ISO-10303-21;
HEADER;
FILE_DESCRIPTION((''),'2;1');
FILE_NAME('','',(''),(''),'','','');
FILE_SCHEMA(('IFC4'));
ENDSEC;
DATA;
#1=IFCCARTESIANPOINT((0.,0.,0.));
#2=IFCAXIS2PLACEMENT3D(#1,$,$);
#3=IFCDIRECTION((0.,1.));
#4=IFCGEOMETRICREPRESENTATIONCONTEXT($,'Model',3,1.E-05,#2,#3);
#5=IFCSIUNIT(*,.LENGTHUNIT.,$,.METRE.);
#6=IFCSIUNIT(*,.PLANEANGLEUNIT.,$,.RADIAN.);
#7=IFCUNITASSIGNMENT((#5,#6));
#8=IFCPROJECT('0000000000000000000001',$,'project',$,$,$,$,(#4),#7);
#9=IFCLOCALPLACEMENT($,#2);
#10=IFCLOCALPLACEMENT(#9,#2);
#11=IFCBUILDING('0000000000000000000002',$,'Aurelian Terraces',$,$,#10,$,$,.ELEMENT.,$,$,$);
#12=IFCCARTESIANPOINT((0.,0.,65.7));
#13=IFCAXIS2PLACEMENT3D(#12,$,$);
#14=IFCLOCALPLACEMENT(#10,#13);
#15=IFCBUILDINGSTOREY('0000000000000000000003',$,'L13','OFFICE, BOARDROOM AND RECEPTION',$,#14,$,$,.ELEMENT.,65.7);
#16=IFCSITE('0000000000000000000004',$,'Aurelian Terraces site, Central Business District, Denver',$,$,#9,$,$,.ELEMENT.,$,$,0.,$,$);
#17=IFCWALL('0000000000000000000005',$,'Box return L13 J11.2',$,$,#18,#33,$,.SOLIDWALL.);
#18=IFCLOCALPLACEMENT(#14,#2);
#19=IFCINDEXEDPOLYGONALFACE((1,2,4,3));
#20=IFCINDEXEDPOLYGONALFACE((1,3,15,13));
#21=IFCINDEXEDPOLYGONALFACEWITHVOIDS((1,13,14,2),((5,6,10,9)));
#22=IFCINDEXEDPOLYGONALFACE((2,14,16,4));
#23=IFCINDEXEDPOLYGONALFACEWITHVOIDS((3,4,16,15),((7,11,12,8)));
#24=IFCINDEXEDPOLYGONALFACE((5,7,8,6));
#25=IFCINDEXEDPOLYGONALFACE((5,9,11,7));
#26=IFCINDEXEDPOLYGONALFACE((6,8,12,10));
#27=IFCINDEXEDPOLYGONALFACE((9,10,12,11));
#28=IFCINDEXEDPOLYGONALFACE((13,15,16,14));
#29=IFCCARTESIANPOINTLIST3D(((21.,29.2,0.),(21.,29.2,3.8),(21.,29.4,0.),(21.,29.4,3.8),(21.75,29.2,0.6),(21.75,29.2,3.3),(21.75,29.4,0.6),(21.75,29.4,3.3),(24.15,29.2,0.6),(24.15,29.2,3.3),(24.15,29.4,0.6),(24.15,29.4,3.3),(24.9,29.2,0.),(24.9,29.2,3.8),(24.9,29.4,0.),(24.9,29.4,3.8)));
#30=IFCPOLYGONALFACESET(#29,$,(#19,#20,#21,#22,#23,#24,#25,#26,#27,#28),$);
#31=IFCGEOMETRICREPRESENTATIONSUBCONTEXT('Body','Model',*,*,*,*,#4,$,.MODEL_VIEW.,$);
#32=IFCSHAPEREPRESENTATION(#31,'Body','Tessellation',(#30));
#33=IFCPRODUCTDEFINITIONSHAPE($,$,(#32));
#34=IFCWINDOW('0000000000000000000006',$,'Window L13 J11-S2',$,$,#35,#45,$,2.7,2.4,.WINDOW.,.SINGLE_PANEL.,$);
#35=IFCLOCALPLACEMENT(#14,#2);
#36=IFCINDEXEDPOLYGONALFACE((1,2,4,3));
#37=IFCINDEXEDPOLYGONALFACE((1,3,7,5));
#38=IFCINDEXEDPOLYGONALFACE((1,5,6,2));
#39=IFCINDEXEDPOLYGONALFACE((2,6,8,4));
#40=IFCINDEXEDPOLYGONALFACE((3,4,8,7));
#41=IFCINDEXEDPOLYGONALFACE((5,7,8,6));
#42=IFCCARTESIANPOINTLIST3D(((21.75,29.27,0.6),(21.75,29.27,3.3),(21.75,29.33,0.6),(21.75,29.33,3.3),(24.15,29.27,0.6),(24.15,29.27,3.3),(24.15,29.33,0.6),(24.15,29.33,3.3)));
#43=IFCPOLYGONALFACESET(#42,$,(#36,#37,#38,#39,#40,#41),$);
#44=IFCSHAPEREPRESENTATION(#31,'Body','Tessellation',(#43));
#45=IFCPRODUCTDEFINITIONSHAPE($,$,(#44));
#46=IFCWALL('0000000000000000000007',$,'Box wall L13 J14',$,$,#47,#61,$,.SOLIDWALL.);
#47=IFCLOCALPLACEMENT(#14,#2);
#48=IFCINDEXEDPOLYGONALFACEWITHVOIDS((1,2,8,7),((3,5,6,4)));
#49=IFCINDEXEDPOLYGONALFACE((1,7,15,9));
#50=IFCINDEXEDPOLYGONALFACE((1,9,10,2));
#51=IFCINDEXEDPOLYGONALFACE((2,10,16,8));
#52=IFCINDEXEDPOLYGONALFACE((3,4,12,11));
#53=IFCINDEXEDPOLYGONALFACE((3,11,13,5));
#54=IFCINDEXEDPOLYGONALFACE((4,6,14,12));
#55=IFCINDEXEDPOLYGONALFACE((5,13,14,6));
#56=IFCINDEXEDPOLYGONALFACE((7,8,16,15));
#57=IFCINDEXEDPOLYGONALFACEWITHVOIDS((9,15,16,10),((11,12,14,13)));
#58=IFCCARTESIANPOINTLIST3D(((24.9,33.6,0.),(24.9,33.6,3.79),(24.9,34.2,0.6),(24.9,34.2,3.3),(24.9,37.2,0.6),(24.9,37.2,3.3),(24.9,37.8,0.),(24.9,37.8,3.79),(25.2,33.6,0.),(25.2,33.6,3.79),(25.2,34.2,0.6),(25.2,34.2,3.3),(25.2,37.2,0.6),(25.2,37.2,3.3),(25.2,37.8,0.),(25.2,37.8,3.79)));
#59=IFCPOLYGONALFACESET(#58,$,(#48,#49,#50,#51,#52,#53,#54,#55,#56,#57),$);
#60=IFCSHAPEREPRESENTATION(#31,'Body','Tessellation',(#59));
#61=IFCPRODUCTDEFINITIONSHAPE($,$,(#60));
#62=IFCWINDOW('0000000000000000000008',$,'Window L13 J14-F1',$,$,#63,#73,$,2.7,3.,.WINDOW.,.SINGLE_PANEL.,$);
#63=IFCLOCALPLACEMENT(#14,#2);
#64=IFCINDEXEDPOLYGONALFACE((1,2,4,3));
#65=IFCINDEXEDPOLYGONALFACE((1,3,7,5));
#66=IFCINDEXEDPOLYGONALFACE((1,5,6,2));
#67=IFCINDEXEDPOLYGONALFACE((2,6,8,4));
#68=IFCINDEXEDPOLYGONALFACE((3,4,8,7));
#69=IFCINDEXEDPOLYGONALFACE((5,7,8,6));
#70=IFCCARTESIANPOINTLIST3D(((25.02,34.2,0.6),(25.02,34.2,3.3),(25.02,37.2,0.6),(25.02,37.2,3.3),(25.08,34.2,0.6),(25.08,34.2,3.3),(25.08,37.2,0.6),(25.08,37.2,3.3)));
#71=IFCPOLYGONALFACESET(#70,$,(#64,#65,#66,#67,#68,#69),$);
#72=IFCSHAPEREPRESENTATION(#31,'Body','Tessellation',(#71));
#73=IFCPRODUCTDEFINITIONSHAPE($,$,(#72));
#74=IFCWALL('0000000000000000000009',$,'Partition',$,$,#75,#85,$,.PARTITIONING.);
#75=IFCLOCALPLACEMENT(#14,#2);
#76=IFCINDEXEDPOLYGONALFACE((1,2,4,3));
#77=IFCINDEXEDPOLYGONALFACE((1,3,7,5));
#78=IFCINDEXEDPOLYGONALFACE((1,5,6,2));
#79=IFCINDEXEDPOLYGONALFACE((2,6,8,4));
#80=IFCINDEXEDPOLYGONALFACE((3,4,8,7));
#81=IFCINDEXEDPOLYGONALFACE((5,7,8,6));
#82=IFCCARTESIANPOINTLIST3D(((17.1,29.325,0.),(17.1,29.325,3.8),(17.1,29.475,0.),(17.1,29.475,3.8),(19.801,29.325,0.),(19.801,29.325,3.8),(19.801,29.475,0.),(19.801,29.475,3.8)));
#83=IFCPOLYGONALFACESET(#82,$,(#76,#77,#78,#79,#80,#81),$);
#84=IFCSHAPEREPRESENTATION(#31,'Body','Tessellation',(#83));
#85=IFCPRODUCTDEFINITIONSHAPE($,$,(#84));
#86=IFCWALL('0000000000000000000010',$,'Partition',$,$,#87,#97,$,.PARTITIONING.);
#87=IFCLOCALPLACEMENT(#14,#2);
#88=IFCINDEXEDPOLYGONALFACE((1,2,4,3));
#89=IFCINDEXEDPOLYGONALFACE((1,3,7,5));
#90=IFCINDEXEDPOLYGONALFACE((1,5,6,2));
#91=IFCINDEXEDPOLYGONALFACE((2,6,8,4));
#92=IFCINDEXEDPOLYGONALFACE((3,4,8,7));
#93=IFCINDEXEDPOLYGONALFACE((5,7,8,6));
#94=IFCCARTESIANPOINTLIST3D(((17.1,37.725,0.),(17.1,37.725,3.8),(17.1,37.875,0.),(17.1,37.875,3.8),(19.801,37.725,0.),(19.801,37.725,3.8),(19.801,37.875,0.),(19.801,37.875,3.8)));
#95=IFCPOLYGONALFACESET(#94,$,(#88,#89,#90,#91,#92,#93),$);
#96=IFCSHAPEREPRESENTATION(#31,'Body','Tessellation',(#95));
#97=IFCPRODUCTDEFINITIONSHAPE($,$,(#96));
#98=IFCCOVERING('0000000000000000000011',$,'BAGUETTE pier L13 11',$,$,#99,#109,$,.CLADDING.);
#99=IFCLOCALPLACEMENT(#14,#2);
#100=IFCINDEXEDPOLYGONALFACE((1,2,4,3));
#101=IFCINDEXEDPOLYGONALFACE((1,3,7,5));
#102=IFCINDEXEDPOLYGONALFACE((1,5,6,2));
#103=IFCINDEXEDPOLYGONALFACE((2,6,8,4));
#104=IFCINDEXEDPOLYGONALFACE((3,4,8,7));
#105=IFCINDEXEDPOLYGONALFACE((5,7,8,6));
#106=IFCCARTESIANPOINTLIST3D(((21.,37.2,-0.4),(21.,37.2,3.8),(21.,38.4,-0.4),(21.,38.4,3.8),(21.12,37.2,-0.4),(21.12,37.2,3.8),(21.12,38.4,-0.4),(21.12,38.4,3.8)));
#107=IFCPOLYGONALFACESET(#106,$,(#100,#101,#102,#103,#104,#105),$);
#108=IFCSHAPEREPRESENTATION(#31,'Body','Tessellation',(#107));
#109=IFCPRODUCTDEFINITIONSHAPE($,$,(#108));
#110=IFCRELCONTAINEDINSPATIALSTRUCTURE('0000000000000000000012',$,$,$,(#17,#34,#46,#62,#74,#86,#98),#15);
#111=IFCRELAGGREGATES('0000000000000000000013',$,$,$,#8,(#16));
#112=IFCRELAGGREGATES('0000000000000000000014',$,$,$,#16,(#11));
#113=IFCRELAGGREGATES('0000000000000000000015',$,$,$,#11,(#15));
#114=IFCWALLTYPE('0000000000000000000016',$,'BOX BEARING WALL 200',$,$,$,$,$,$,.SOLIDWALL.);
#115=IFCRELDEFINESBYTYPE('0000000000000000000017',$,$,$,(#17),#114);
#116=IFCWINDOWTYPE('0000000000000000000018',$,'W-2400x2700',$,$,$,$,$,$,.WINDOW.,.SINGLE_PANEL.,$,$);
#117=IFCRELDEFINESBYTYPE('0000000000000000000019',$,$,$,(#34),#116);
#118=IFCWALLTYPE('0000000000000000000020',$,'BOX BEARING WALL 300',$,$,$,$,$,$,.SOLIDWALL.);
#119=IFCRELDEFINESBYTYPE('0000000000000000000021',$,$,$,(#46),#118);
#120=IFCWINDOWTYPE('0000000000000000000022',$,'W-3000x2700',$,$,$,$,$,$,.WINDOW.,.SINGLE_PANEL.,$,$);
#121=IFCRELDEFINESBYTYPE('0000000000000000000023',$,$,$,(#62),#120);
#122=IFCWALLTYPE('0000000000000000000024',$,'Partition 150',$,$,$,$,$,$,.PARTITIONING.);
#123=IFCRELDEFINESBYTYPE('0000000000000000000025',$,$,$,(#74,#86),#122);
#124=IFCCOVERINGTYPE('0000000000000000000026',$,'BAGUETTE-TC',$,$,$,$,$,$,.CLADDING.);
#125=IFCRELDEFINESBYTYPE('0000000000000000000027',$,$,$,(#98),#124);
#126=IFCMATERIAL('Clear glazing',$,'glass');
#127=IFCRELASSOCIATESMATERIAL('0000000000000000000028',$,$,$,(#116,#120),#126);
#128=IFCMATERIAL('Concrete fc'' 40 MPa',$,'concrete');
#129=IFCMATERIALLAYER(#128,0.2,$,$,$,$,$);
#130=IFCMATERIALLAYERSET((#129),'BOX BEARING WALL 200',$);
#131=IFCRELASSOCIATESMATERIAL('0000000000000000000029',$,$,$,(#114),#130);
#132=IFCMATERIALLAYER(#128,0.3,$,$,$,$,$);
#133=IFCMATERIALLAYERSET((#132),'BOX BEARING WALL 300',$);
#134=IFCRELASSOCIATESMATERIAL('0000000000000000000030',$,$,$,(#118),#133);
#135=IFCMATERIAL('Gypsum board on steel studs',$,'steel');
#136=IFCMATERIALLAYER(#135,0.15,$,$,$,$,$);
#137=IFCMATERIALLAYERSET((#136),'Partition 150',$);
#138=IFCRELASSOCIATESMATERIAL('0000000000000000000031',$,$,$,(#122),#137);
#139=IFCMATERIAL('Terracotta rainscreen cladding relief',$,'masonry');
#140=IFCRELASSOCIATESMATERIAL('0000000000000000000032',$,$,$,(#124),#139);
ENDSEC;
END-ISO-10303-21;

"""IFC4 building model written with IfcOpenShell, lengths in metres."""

from ifc_helpers import new_model, si_unit, direction, frame, frame_2d, origin, origin_2d, place, context, subcontext, project, spatial, rectangle, extrude, source, transform, mapped, material, layer, layer_set, type_object, element, fill, save


model = new_model("IFC4")

# Units and contexts
model_context = context("Model", 3, precision=1e-05, world=origin(), true_north=direction((0.0, 1.0)))
body_context = subcontext(model_context, "Body", "Model", "MODEL_VIEW")
ifc_project = project(units=[si_unit("LENGTHUNIT", "METRE"), si_unit("PLANEANGLEUNIT", "RADIAN")], contexts=[model_context])

# Site, building, storey
site_placement = place(None, origin())
site = spatial("IfcSite", under=ifc_project, at=site_placement, Name="Aurelian Terraces site, Central Business District, Denver", CompositionType="ELEMENT", RefElevation=0.0)
building_placement = place(site_placement, origin())
building = spatial("IfcBuilding", under=site, at=building_placement, Name="Aurelian Terraces", CompositionType="ELEMENT")
storey_placement = place(building_placement, frame((0.0, 0.0, 65.7)))
storey = spatial("IfcBuildingStorey", under=building, at=storey_placement, Name="L13", Description="OFFICE, BOARDROOM AND RECEPTION", CompositionType="ELEMENT", Elevation=65.7)

# Shared definitions
ifc_material_1 = material(Name="Clear glazing", Category="glass")
window_type_1 = type_object("IfcWindowType", Name="W-2400x2700", PartitioningType="SINGLE_PANEL", PredefinedType="WINDOW", material=ifc_material_1)
shared_shape_1 = source(origin(), body_context, "Body", "SweptSolid", [
    extrude(rectangle(XDim=2.4, YDim=2.7, at=frame_2d((1.2, 1.35))), frame((0.0, 0.03, 0.0), z_axis=(0.0, -1.0, 0.0), x_axis=(1.0, 0.0, 0.0)), (0.0, 0.0, 1.0), 0.06),
])

# Walls, openings, windows
ifc_material_2 = material(Name="Concrete fc' 40 MPa", Category="concrete")
ifc_layer_1 = layer(ifc_material_2, 0.2)
ifc_layer_set_1 = layer_set([ifc_layer_1], Name="BOX BEARING WALL 200")
wall_type_1 = type_object("IfcWallType", Name="BOX BEARING WALL 200", PredefinedType="SOLIDWALL", material=ifc_layer_set_1)
shared_shape_2 = source(origin(), body_context, "Body", "SweptSolid", [
    extrude(rectangle(XDim=2.4, YDim=2.7, at=frame_2d((1.2, 1.35))), frame((0.0, 0.11, 0.0), z_axis=(0.0, -1.0, 0.0), x_axis=(1.0, 0.0, 0.0)), (0.0, 0.0, 1.0), 0.22),
])
shared_shape_3 = source(origin(), body_context, "Body", "SweptSolid", [
    extrude(rectangle(XDim=3.9, YDim=0.2, at=frame_2d((1.95, 0.0))), origin(), (0.0, 0.0, 1.0), 3.8),
])
wall_1_placement = place(storey_placement, frame((21.0, 29.3, 0.0), z_axis=(0.0, 0.0, 1.0), x_axis=(1.0, 0.0, 0.0)))
wall_1 = element("IfcWall", 1, at=wall_1_placement, inside=storey, type_object=wall_type_1, Name="Box return L13 J11.2", PredefinedType="SOLIDWALL", context=body_context, shape_type="MappedRepresentation", body=[
    mapped(shared_shape_3, transform((0.0, 0.0, 0.0), scale=1.0)),
])
opening_1_placement = place(wall_1_placement, frame((0.75, 0.0, 0.6)))
opening_1 = element("IfcOpeningElement", 2, at=opening_1_placement, cuts=wall_1, PredefinedType="OPENING", context=body_context, shape_type="MappedRepresentation", body=[
    mapped(shared_shape_2, transform((0.0, 0.0, 0.0), scale=1.0)),
])
window_1_placement = place(opening_1_placement, origin())
window_1 = element("IfcWindow", 3, at=window_1_placement, inside=storey, type_object=window_type_1, Name="Window L13 J11-S2", OverallHeight=2.7, OverallWidth=2.4, PartitioningType="SINGLE_PANEL", PredefinedType="WINDOW", context=body_context, shape_type="MappedRepresentation", body=[
    mapped(shared_shape_1, transform((0.0, 0.0, 0.0), scale=1.0)),
])
fill(opening_1, window_1)
ifc_layer_2 = layer(ifc_material_2, 0.3)
ifc_layer_set_2 = layer_set([ifc_layer_2], Name="BOX BEARING WALL 300")
wall_type_2 = type_object("IfcWallType", Name="BOX BEARING WALL 300", PredefinedType="SOLIDWALL", material=ifc_layer_set_2)
shared_shape_4 = source(origin(), body_context, "Body", "SweptSolid", [
    extrude(rectangle(XDim=4.2, YDim=0.3, at=frame_2d((2.1, 0.0))), origin(), (0.0, 0.0, 1.0), 3.79),
])
wall_2_placement = place(storey_placement, frame((25.05, 33.6, 0.0), z_axis=(0.0, 0.0, 1.0), x_axis=(0.0, 1.0, 0.0)))
wall_2 = element("IfcWall", 4, at=wall_2_placement, inside=storey, type_object=wall_type_2, Name="Box wall L13 J14", PredefinedType="SOLIDWALL", context=body_context, shape_type="MappedRepresentation", body=[
    mapped(shared_shape_4, transform((0.0, 0.0, 0.0), scale=1.0)),
])
shared_shape_5 = source(origin(), body_context, "Body", "SweptSolid", [
    extrude(rectangle(XDim=3.0, YDim=2.7, at=frame_2d((1.5, 1.35))), frame((0.0, 0.16, 0.0), z_axis=(0.0, -1.0, 0.0), x_axis=(1.0, 0.0, 0.0)), (0.0, 0.0, 1.0), 0.32),
])
opening_2_placement = place(wall_2_placement, frame((0.6, 0.0, 0.6)))
opening_2 = element("IfcOpeningElement", 5, at=opening_2_placement, cuts=wall_2, PredefinedType="OPENING", context=body_context, shape_type="MappedRepresentation", body=[
    mapped(shared_shape_5, transform((0.0, 0.0, 0.0), scale=1.0)),
])
window_type_2 = type_object("IfcWindowType", Name="W-3000x2700", PartitioningType="SINGLE_PANEL", PredefinedType="WINDOW", material=ifc_material_1)
shared_shape_6 = source(origin(), body_context, "Body", "SweptSolid", [
    extrude(rectangle(XDim=3.0, YDim=2.7, at=frame_2d((1.5, 1.35))), frame((0.0, 0.03, 0.0), z_axis=(0.0, -1.0, 0.0), x_axis=(1.0, 0.0, 0.0)), (0.0, 0.0, 1.0), 0.06),
])
window_2_placement = place(opening_2_placement, origin())
window_2 = element("IfcWindow", 6, at=window_2_placement, inside=storey, type_object=window_type_2, Name="Window L13 J14-F1", OverallHeight=2.7, OverallWidth=3.0, PartitioningType="SINGLE_PANEL", PredefinedType="WINDOW", context=body_context, shape_type="MappedRepresentation", body=[
    mapped(shared_shape_6, transform((0.0, 0.0, 0.0), scale=1.0)),
])
fill(opening_2, window_2)

# Walls
ifc_material_3 = material(Name="Gypsum board on steel studs", Category="steel")
ifc_layer_3 = layer(ifc_material_3, 0.15)
ifc_layer_set_3 = layer_set([ifc_layer_3], Name="Partition 150")
wall_type_3 = type_object("IfcWallType", Name="Partition 150", PredefinedType="PARTITIONING", material=ifc_layer_set_3)
shared_shape_7 = source(origin(), body_context, "Body", "SweptSolid", [
    extrude(rectangle(XDim=2.701, YDim=0.15, at=frame_2d((1.3505, 0.0))), origin(), (0.0, 0.0, 1.0), 3.8),
])
for number, where, z_axis, x_axis, name in (
    (7, (19.801, 29.4, 0.0), (0.0, 0.0, 1.0), (-1.0, 0.0, 0.0), "Partition"),
    (8, (19.801, 37.8, 0.0), (0.0, 0.0, 1.0), (-1.0, 0.0, 0.0), "Partition"),
):
    element("IfcWall", number, at=place(storey_placement, frame(where, z_axis=z_axis, x_axis=x_axis)), inside=storey, type_object=wall_type_3, Name=name, PredefinedType="PARTITIONING", context=body_context, shape_type="MappedRepresentation", body=[
        mapped(shared_shape_7, transform((0.0, 0.0, 0.0), scale=1.0)),
    ])

# Covering
ifc_material_4 = material(Name="Terracotta rainscreen cladding relief", Category="masonry")
covering_type = type_object("IfcCoveringType", Name="BAGUETTE-TC", PredefinedType="CLADDING", material=ifc_material_4)
shared_shape_8 = source(origin(), body_context, "Body", "SweptSolid", [
    extrude(rectangle(XDim=0.12, YDim=1.2, at=origin_2d()), origin(), (0.0, 0.0, 1.0), 4.2),
])
covering_placement = place(storey_placement, frame((21.06, 37.8, -0.4), z_axis=(0.0, 0.0, 1.0), x_axis=(1.0, 0.0, 0.0)))
element("IfcCovering", 9, at=covering_placement, inside=storey, type_object=covering_type, Name="BAGUETTE pier L13 11", PredefinedType="CLADDING", context=body_context, shape_type="MappedRepresentation", body=[
    mapped(shared_shape_8, transform((0.0, 0.0, 0.0), scale=1.0)),
])

save(model, "model.ifc")
